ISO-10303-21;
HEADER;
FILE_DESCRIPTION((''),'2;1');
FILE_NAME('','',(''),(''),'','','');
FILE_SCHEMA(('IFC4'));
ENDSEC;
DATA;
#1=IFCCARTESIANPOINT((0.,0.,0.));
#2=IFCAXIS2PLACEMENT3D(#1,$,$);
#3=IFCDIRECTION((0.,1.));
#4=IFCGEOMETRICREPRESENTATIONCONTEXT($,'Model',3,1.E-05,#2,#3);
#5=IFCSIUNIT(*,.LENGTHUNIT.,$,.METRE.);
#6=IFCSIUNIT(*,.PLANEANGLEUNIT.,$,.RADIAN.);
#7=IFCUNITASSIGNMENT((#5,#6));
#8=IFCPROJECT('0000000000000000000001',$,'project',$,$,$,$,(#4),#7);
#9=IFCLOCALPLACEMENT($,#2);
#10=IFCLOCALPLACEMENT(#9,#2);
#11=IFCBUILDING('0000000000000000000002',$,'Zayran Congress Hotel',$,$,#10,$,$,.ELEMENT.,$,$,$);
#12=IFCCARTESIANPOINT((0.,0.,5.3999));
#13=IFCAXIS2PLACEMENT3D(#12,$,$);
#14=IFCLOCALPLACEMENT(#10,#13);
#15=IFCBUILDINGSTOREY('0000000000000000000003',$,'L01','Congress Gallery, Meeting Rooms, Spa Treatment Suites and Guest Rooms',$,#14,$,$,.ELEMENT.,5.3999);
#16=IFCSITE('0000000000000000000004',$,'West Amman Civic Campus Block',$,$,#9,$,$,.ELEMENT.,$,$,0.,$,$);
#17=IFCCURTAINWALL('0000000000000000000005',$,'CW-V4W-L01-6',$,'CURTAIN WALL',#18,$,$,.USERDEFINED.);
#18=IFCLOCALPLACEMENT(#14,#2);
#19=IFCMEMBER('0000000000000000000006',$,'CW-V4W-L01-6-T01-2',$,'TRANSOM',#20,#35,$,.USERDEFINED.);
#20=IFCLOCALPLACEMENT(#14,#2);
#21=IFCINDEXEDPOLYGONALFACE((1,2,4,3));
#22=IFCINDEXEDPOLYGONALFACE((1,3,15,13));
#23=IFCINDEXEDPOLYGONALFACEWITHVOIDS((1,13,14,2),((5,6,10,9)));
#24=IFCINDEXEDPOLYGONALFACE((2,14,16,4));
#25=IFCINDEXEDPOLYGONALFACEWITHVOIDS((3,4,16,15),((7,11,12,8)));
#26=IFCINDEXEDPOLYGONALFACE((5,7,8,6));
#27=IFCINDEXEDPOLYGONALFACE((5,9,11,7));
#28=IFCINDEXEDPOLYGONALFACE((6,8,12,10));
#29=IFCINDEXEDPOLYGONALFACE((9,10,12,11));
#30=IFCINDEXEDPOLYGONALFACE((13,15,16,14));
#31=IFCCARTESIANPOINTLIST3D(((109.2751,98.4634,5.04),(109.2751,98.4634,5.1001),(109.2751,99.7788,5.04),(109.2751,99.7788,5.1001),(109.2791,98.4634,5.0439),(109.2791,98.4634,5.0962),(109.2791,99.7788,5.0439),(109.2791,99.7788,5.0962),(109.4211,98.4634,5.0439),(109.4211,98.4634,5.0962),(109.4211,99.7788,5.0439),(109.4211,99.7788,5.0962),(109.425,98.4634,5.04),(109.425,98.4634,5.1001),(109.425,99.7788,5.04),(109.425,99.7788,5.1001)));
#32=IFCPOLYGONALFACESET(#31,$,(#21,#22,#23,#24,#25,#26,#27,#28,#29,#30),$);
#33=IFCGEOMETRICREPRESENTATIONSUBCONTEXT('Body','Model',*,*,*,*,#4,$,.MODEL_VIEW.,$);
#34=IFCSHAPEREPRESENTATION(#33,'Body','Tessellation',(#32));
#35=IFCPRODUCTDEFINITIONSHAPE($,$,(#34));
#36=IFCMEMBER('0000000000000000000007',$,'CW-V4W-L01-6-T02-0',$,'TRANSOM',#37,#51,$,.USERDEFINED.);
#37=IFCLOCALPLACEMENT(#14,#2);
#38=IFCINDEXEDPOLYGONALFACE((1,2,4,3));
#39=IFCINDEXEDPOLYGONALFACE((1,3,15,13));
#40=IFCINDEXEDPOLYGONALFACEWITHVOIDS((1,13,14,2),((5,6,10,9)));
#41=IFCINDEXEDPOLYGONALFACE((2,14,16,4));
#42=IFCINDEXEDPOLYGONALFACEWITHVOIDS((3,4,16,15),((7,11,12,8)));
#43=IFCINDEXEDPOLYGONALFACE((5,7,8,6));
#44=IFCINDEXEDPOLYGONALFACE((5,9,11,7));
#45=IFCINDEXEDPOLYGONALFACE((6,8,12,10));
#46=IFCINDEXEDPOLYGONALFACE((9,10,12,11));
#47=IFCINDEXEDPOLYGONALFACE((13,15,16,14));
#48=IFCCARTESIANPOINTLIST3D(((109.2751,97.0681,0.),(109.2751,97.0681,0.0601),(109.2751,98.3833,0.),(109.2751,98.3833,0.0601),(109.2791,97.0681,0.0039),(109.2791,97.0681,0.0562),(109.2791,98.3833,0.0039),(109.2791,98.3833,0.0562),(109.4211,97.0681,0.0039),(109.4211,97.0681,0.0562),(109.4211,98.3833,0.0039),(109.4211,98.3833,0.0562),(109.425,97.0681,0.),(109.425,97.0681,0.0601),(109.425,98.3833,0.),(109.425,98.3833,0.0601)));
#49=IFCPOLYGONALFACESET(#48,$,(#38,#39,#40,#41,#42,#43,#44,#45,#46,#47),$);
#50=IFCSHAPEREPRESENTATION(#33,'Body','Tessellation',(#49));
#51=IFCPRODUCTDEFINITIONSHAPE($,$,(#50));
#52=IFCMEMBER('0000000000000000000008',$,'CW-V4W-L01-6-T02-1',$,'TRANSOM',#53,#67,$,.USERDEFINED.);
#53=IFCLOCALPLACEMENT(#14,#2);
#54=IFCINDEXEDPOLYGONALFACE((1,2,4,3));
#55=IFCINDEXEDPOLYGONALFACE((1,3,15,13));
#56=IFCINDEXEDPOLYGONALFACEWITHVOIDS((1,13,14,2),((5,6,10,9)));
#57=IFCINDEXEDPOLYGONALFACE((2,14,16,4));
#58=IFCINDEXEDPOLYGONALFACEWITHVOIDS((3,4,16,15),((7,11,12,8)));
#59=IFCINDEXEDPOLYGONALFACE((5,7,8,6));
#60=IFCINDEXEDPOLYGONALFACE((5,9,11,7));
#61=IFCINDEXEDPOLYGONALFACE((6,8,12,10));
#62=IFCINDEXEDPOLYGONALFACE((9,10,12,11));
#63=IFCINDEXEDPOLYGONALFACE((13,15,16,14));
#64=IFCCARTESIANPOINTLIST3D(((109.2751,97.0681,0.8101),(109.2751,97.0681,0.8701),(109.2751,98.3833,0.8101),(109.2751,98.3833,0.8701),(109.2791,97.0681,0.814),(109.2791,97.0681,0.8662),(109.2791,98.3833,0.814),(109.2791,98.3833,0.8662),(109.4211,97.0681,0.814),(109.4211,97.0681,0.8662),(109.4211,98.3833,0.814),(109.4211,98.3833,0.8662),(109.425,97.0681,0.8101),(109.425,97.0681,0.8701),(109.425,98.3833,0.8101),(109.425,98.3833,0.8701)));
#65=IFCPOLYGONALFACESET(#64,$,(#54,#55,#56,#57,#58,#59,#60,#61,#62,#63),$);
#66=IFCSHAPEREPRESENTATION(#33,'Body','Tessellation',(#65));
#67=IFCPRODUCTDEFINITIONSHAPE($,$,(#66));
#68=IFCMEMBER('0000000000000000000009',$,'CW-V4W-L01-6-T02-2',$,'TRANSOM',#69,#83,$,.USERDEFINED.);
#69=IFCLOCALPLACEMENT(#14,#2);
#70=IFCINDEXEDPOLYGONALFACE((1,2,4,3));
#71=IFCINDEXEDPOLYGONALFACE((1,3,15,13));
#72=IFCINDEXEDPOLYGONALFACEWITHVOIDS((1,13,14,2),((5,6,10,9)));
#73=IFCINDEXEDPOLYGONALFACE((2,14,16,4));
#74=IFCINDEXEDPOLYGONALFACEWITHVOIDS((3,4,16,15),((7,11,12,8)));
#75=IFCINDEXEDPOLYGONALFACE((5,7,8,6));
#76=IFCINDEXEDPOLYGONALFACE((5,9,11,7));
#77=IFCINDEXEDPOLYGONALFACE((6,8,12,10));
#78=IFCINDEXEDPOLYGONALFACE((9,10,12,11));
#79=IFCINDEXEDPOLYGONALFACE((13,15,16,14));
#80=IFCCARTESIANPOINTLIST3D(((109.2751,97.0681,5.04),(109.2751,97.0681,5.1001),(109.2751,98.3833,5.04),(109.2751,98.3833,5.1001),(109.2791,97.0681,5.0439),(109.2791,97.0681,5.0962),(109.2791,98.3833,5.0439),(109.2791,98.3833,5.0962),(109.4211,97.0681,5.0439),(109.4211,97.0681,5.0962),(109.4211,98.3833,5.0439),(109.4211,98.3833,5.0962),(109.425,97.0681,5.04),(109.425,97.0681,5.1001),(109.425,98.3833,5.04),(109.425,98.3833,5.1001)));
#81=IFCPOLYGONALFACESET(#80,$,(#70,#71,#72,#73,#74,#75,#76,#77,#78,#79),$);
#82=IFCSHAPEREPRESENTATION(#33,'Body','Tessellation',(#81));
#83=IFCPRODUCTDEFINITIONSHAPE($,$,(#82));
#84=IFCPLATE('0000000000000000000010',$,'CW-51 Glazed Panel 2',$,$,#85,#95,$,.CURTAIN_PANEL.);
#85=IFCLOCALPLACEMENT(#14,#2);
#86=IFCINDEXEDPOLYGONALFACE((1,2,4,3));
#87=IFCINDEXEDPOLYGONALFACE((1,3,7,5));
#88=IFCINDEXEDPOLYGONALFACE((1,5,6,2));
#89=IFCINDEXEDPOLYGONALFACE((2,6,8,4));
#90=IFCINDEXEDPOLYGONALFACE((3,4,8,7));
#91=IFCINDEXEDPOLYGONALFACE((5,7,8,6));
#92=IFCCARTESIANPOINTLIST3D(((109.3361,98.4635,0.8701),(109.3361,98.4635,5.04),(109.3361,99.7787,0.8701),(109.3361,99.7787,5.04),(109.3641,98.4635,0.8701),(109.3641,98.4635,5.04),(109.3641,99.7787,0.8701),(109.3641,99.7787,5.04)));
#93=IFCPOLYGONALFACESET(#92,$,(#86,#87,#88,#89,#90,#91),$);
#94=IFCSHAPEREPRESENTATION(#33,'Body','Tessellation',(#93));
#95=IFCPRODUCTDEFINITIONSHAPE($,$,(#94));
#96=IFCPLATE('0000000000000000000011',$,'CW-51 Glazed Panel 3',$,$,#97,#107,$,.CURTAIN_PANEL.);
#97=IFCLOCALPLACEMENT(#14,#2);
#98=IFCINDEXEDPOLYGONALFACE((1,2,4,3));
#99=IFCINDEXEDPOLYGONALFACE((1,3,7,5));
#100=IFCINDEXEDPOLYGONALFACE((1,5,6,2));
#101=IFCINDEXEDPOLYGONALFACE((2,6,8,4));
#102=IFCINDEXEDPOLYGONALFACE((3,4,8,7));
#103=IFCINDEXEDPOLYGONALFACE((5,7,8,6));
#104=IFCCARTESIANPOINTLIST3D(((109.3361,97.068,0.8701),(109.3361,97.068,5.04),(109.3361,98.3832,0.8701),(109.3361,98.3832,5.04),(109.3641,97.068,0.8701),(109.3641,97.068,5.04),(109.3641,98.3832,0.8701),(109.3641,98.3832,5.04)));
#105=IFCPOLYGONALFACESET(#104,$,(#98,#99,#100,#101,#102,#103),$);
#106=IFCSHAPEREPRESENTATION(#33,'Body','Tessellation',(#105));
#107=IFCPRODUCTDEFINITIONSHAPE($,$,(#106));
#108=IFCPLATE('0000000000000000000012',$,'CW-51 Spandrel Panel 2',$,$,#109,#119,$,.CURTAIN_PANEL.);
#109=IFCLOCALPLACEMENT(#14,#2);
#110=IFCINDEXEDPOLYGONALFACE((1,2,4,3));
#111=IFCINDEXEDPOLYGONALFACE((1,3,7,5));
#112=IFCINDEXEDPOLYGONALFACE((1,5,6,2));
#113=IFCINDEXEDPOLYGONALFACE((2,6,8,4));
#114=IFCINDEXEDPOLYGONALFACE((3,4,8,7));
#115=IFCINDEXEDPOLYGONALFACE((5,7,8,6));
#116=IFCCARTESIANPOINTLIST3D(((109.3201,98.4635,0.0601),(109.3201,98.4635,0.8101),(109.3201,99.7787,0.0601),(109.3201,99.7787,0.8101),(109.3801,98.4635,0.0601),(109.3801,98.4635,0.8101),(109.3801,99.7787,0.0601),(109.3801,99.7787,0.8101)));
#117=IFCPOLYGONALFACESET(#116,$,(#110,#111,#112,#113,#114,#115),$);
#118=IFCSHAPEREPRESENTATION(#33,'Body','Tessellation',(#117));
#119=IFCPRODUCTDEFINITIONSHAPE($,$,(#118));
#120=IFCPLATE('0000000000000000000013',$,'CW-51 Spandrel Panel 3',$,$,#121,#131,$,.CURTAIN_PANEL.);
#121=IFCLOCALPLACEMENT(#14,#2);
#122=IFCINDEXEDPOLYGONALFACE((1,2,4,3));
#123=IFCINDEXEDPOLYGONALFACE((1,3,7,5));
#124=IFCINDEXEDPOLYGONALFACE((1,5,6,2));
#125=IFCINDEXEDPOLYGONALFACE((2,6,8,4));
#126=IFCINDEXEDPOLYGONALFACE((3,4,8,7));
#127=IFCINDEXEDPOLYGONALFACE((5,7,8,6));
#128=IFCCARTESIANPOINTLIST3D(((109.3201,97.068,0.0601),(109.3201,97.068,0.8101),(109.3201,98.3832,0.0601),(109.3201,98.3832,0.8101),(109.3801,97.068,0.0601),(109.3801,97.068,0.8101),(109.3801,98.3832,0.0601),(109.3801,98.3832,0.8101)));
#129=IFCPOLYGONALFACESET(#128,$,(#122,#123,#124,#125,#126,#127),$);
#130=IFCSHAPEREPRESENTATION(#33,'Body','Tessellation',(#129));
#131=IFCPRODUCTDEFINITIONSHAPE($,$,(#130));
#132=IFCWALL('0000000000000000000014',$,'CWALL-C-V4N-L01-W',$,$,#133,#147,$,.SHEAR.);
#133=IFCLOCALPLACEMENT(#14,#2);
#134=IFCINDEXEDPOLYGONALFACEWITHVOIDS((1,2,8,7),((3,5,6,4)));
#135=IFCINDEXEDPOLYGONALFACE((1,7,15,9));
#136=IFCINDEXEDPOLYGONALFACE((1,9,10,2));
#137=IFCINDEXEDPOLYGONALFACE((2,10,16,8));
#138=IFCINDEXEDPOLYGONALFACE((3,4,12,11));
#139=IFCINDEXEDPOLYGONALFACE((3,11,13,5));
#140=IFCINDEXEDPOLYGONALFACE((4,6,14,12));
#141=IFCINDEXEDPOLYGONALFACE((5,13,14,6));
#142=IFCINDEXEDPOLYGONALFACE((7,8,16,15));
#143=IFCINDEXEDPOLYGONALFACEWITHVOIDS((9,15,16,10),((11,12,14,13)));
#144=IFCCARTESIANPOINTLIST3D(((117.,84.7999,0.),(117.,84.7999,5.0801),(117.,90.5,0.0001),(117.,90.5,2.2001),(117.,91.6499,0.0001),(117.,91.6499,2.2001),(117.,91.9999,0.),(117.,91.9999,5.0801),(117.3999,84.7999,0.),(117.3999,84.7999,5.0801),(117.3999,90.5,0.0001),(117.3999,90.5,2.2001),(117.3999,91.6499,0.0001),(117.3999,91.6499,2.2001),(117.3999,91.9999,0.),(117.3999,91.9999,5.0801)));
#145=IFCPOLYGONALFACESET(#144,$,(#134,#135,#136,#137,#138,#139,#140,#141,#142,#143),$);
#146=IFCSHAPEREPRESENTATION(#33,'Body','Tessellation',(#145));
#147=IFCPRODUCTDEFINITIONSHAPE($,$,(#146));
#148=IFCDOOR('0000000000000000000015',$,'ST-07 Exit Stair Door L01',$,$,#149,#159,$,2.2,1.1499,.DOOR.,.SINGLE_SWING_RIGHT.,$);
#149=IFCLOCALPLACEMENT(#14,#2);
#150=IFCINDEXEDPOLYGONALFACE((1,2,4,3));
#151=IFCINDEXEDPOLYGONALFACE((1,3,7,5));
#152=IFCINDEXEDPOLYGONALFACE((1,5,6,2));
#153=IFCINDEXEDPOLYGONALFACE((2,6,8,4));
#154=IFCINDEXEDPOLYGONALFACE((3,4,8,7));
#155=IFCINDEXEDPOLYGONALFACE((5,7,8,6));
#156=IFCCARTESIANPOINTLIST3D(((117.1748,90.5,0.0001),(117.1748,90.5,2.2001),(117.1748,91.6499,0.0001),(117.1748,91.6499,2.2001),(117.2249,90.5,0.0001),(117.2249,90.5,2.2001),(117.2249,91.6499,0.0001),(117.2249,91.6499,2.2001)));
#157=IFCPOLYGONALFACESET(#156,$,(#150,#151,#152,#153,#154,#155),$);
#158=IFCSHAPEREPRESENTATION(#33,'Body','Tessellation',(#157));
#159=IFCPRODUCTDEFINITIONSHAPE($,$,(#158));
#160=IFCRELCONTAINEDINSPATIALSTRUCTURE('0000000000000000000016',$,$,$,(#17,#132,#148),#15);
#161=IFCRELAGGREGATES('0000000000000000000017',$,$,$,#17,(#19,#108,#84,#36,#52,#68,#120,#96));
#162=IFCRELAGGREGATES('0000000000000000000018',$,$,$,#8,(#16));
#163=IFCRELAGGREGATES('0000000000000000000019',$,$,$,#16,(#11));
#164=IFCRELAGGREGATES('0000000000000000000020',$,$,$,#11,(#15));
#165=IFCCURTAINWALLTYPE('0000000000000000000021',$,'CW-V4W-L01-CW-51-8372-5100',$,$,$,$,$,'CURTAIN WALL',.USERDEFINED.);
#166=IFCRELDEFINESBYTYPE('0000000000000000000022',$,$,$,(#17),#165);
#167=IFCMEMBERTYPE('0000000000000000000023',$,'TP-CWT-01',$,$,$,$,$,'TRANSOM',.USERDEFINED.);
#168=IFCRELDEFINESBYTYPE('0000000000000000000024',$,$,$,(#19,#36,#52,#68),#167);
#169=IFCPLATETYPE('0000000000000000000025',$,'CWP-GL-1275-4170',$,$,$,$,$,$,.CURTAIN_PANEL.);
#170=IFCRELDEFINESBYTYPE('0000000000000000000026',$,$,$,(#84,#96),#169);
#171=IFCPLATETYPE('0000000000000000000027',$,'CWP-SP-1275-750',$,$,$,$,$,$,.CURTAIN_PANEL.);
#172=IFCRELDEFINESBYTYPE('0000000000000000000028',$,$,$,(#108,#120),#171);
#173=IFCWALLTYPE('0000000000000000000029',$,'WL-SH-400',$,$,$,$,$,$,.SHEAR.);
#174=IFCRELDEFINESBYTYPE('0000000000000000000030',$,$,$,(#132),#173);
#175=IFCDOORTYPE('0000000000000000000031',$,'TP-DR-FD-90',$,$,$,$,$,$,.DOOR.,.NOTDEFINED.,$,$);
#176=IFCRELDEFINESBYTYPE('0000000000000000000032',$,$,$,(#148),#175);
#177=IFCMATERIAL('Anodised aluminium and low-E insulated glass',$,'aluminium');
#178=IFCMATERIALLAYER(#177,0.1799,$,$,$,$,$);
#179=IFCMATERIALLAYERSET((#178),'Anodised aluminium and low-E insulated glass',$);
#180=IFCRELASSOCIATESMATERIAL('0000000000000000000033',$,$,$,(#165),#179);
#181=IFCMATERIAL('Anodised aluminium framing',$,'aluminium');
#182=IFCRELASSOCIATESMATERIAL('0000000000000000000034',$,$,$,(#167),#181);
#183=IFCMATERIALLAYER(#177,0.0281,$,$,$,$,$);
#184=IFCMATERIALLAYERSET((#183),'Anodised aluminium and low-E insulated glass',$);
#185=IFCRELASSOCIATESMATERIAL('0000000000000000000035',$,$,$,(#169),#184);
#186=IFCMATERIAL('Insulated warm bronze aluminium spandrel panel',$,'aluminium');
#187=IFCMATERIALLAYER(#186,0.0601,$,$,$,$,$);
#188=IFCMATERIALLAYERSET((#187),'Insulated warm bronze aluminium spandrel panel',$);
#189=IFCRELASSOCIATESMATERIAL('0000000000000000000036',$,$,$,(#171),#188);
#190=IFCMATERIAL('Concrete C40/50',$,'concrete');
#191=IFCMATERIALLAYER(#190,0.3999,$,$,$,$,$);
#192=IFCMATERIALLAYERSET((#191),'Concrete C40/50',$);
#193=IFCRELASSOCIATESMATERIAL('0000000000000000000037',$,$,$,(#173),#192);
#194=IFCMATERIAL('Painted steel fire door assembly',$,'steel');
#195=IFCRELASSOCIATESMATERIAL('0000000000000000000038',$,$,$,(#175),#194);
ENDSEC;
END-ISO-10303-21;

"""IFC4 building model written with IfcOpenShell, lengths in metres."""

from ifc_helpers import new_model, si_unit, direction, frame, frame_2d, origin, origin_2d, place, context, subcontext, project, spatial, rectangle, hollow_rectangle, extrude, material, layer, layer_set, material_profile, profile_set, type_object, element, fill, aggregate, save


model = new_model("IFC4")

# Units and contexts
model_context = context("Model", 3, precision=1e-05, world=origin(), true_north=direction((0.0, 1.0)))
body_context = subcontext(model_context, "Body", "Model", "MODEL_VIEW")
ifc_project = project(units=[si_unit("LENGTHUNIT", "METRE"), si_unit("PLANEANGLEUNIT", "RADIAN")], contexts=[model_context])

# Site, building, storey
site_placement = place(None, origin())
site = spatial("IfcSite", under=ifc_project, at=site_placement, Name="West Amman Civic Campus Block", CompositionType="ELEMENT", RefElevation=0.0)
building_placement = place(site_placement, origin())
building = spatial("IfcBuilding", under=site, at=building_placement, Name="Zayran Congress Hotel", CompositionType="ELEMENT")
storey_placement = place(building_placement, frame((0.0, 0.0, 5.3999)))
storey = spatial("IfcBuildingStorey", under=building, at=storey_placement, Name="L01", Description="Congress Gallery, Meeting Rooms, Spa Treatment Suites and Guest Rooms", CompositionType="ELEMENT", Elevation=5.3999)

# Shared definitions
ifc_material_1 = material(Name="Concrete C40/50", Category="concrete")

# Curtain wall, members, plates
ifc_material_2 = material(Name="Anodised aluminium and low-E insulated glass", Category="aluminium")
ifc_layer_1 = layer(ifc_material_2, 0.1799)
ifc_layer_set_1 = layer_set([ifc_layer_1], Name="Anodised aluminium and low-E insulated glass")
curtain_wall_type = type_object("IfcCurtainWallType", Name="CW-V4W-L01-CW-51-8372-5100", ElementType="CURTAIN WALL", PredefinedType="USERDEFINED", material=ifc_layer_set_1)
curtain_wall_placement = place(storey_placement, origin())
curtain_wall = element("IfcCurtainWall", 1, at=curtain_wall_placement, inside=storey, type_object=curtain_wall_type, Name="CW-V4W-L01-6", ObjectType="CURTAIN WALL", PredefinedType="USERDEFINED")
ifc_material_3 = material(Name="Anodised aluminium framing", Category="aluminium")
ifc_material_profile_1 = material_profile(ifc_material_3, hollow_rectangle(XDim=0.0601, YDim=0.1499, WallThickness=0.0039, at=origin_2d()), Name="RHS 150x60x4")
ifc_profile_set_1 = profile_set([ifc_material_profile_1], Name="Anodised aluminium framing")
member_type_1 = type_object("IfcMemberType", Name="TP-CWT-01", ElementType="TRANSOM", PredefinedType="USERDEFINED", material=ifc_profile_set_1)
member_1_placement = place(storey_placement, frame((109.3501, 99.7788, 5.0701), z_axis=(0.0, -1.0, 0.0), x_axis=(0.0, 0.0, 1.0)))
member_1 = element("IfcMember", 2, at=member_1_placement, type_object=member_type_1, Name="CW-V4W-L01-6-T01-2", ObjectType="TRANSOM", PredefinedType="USERDEFINED", context=body_context, shape_type="SweptSolid", body=[
    extrude(hollow_rectangle(XDim=0.0601, YDim=0.1499, WallThickness=0.0039, at=origin_2d()), origin(), (0.0, 0.0, 1.0), 1.3154),
])
member_2_placement = place(storey_placement, frame((109.3501, 98.3833, 0.03), z_axis=(0.0, -1.0, 0.0), x_axis=(0.0, 0.0, 1.0)))
member_2 = element("IfcMember", 3, at=member_2_placement, type_object=member_type_1, Name="CW-V4W-L01-6-T02-0", ObjectType="TRANSOM", PredefinedType="USERDEFINED", context=body_context, shape_type="SweptSolid", body=[
    extrude(hollow_rectangle(XDim=0.0601, YDim=0.1499, WallThickness=0.0039, at=origin_2d()), origin(), (0.0, 0.0, 1.0), 1.3152),
])
member_3_placement = place(storey_placement, frame((109.3501, 98.3833, 0.8401), z_axis=(0.0, -1.0, 0.0), x_axis=(0.0, 0.0, 1.0)))
member_3 = element("IfcMember", 4, at=member_3_placement, type_object=member_type_1, Name="CW-V4W-L01-6-T02-1", ObjectType="TRANSOM", PredefinedType="USERDEFINED", context=body_context, shape_type="SweptSolid", body=[
    extrude(hollow_rectangle(XDim=0.0601, YDim=0.1499, WallThickness=0.0039, at=origin_2d()), origin(), (0.0, 0.0, 1.0), 1.3152),
])
member_4_placement = place(storey_placement, frame((109.3501, 98.3833, 5.0701), z_axis=(0.0, -1.0, 0.0), x_axis=(0.0, 0.0, 1.0)))
member_4 = element("IfcMember", 5, at=member_4_placement, type_object=member_type_1, Name="CW-V4W-L01-6-T02-2", ObjectType="TRANSOM", PredefinedType="USERDEFINED", context=body_context, shape_type="SweptSolid", body=[
    extrude(hollow_rectangle(XDim=0.0601, YDim=0.1499, WallThickness=0.0039, at=origin_2d()), origin(), (0.0, 0.0, 1.0), 1.3152),
])
ifc_layer_2 = layer(ifc_material_2, 0.0281)
ifc_layer_set_2 = layer_set([ifc_layer_2], Name="Anodised aluminium and low-E insulated glass")
plate_type_1 = type_object("IfcPlateType", Name="CWP-GL-1275-4170", PredefinedType="CURTAIN_PANEL", material=ifc_layer_set_2)
plate_1_placement = place(storey_placement, frame((109.3501, 99.1211, 0.8701), z_axis=(0.0, 0.0, 1.0), x_axis=(0.0, 1.0, 0.0)))
plate_1 = element("IfcPlate", 6, at=plate_1_placement, type_object=plate_type_1, Name="CW-51 Glazed Panel 2", PredefinedType="CURTAIN_PANEL", context=body_context, shape_type="SweptSolid", body=[
    extrude(rectangle(XDim=1.3152, YDim=0.0281, at=origin_2d()), origin(), (0.0, 0.0, 1.0), 4.1699),
])
plate_2_placement = place(storey_placement, frame((109.3501, 97.7256, 0.8701), z_axis=(0.0, 0.0, 1.0), x_axis=(0.0, 1.0, 0.0)))
plate_2 = element("IfcPlate", 7, at=plate_2_placement, type_object=plate_type_1, Name="CW-51 Glazed Panel 3", PredefinedType="CURTAIN_PANEL", context=body_context, shape_type="SweptSolid", body=[
    extrude(rectangle(XDim=1.3152, YDim=0.0281, at=origin_2d()), origin(), (0.0, 0.0, 1.0), 4.1699),
])
ifc_material_4 = material(Name="Insulated warm bronze aluminium spandrel panel", Category="aluminium")
ifc_layer_3 = layer(ifc_material_4, 0.0601)
ifc_layer_set_3 = layer_set([ifc_layer_3], Name="Insulated warm bronze aluminium spandrel panel")
plate_type_2 = type_object("IfcPlateType", Name="CWP-SP-1275-750", PredefinedType="CURTAIN_PANEL", material=ifc_layer_set_3)
plate_3_placement = place(storey_placement, frame((109.3501, 99.1211, 0.0601), z_axis=(0.0, 0.0, 1.0), x_axis=(0.0, 1.0, 0.0)))
plate_3 = element("IfcPlate", 8, at=plate_3_placement, type_object=plate_type_2, Name="CW-51 Spandrel Panel 2", PredefinedType="CURTAIN_PANEL", context=body_context, shape_type="SweptSolid", body=[
    extrude(rectangle(XDim=1.3152, YDim=0.0601, at=origin_2d()), origin(), (0.0, 0.0, 1.0), 0.75),
])
plate_4_placement = place(storey_placement, frame((109.3501, 97.7256, 0.0601), z_axis=(0.0, 0.0, 1.0), x_axis=(0.0, 1.0, 0.0)))
plate_4 = element("IfcPlate", 9, at=plate_4_placement, type_object=plate_type_2, Name="CW-51 Spandrel Panel 3", PredefinedType="CURTAIN_PANEL", context=body_context, shape_type="SweptSolid", body=[
    extrude(rectangle(XDim=1.3152, YDim=0.0601, at=origin_2d()), origin(), (0.0, 0.0, 1.0), 0.75),
])
aggregate(curtain_wall, [member_1, plate_3, plate_1, member_2, member_3, member_4, plate_4, plate_2])

# Wall, opening, door
ifc_layer_4 = layer(ifc_material_1, 0.3999)
ifc_layer_set_4 = layer_set([ifc_layer_4], Name="Concrete C40/50")
wall_type_1 = type_object("IfcWallType", Name="WL-SH-400", PredefinedType="SHEAR", material=ifc_layer_set_4)
wall_1_placement = place(storey_placement, frame((117.2, 92.0, 0.0), z_axis=(0.0, 0.0, 1.0), x_axis=(0.0, -1.0, 0.0)))
wall_1 = element("IfcWall", 10, at=wall_1_placement, inside=storey, type_object=wall_type_1, Name="CWALL-C-V4N-L01-W", PredefinedType="SHEAR", context=body_context, shape_type="SweptSolid", body=[
    extrude(rectangle(XDim=7.2, YDim=0.3999, at=frame_2d((3.6001, 0.0))), origin(), (0.0, 0.0, 1.0), 5.0801),
])
opening_1_placement = place(wall_1_placement, frame((0.3501, 0.0, 0.0)))
opening_1 = element("IfcOpeningElement", 11, at=opening_1_placement, cuts=wall_1, PredefinedType="OPENING", context=body_context, shape_type="SweptSolid", body=[
    extrude(rectangle(XDim=1.1499, YDim=2.2, at=frame_2d((0.575, 1.1001))), frame((0.0, 0.21, 0.0), z_axis=(0.0, -1.0, 0.0), x_axis=(1.0, 0.0, 0.0)), (0.0, 0.0, 1.0), 0.4199),
])
ifc_material_5 = material(Name="Painted steel fire door assembly", Category="steel")
door_type_1 = type_object("IfcDoorType", Name="TP-DR-FD-90", OperationType="NOTDEFINED", PredefinedType="DOOR", material=ifc_material_5)
door_1_placement = place(opening_1_placement, origin())
door_1 = element("IfcDoor", 12, at=door_1_placement, inside=storey, type_object=door_type_1, Name="ST-07 Exit Stair Door L01", OperationType="SINGLE_SWING_RIGHT", OverallHeight=2.2, OverallWidth=1.1499, PredefinedType="DOOR", context=body_context, shape_type="SweptSolid", body=[
    extrude(rectangle(XDim=1.1499, YDim=2.2, at=frame_2d((0.575, 1.1001))), frame((0.0, 0.0249, 0.0), z_axis=(0.0, -1.0, 0.0), x_axis=(1.0, 0.0, 0.0)), (0.0, 0.0, 1.0), 0.05),
])
fill(opening_1, door_1)

save(model, "model.ifc")
